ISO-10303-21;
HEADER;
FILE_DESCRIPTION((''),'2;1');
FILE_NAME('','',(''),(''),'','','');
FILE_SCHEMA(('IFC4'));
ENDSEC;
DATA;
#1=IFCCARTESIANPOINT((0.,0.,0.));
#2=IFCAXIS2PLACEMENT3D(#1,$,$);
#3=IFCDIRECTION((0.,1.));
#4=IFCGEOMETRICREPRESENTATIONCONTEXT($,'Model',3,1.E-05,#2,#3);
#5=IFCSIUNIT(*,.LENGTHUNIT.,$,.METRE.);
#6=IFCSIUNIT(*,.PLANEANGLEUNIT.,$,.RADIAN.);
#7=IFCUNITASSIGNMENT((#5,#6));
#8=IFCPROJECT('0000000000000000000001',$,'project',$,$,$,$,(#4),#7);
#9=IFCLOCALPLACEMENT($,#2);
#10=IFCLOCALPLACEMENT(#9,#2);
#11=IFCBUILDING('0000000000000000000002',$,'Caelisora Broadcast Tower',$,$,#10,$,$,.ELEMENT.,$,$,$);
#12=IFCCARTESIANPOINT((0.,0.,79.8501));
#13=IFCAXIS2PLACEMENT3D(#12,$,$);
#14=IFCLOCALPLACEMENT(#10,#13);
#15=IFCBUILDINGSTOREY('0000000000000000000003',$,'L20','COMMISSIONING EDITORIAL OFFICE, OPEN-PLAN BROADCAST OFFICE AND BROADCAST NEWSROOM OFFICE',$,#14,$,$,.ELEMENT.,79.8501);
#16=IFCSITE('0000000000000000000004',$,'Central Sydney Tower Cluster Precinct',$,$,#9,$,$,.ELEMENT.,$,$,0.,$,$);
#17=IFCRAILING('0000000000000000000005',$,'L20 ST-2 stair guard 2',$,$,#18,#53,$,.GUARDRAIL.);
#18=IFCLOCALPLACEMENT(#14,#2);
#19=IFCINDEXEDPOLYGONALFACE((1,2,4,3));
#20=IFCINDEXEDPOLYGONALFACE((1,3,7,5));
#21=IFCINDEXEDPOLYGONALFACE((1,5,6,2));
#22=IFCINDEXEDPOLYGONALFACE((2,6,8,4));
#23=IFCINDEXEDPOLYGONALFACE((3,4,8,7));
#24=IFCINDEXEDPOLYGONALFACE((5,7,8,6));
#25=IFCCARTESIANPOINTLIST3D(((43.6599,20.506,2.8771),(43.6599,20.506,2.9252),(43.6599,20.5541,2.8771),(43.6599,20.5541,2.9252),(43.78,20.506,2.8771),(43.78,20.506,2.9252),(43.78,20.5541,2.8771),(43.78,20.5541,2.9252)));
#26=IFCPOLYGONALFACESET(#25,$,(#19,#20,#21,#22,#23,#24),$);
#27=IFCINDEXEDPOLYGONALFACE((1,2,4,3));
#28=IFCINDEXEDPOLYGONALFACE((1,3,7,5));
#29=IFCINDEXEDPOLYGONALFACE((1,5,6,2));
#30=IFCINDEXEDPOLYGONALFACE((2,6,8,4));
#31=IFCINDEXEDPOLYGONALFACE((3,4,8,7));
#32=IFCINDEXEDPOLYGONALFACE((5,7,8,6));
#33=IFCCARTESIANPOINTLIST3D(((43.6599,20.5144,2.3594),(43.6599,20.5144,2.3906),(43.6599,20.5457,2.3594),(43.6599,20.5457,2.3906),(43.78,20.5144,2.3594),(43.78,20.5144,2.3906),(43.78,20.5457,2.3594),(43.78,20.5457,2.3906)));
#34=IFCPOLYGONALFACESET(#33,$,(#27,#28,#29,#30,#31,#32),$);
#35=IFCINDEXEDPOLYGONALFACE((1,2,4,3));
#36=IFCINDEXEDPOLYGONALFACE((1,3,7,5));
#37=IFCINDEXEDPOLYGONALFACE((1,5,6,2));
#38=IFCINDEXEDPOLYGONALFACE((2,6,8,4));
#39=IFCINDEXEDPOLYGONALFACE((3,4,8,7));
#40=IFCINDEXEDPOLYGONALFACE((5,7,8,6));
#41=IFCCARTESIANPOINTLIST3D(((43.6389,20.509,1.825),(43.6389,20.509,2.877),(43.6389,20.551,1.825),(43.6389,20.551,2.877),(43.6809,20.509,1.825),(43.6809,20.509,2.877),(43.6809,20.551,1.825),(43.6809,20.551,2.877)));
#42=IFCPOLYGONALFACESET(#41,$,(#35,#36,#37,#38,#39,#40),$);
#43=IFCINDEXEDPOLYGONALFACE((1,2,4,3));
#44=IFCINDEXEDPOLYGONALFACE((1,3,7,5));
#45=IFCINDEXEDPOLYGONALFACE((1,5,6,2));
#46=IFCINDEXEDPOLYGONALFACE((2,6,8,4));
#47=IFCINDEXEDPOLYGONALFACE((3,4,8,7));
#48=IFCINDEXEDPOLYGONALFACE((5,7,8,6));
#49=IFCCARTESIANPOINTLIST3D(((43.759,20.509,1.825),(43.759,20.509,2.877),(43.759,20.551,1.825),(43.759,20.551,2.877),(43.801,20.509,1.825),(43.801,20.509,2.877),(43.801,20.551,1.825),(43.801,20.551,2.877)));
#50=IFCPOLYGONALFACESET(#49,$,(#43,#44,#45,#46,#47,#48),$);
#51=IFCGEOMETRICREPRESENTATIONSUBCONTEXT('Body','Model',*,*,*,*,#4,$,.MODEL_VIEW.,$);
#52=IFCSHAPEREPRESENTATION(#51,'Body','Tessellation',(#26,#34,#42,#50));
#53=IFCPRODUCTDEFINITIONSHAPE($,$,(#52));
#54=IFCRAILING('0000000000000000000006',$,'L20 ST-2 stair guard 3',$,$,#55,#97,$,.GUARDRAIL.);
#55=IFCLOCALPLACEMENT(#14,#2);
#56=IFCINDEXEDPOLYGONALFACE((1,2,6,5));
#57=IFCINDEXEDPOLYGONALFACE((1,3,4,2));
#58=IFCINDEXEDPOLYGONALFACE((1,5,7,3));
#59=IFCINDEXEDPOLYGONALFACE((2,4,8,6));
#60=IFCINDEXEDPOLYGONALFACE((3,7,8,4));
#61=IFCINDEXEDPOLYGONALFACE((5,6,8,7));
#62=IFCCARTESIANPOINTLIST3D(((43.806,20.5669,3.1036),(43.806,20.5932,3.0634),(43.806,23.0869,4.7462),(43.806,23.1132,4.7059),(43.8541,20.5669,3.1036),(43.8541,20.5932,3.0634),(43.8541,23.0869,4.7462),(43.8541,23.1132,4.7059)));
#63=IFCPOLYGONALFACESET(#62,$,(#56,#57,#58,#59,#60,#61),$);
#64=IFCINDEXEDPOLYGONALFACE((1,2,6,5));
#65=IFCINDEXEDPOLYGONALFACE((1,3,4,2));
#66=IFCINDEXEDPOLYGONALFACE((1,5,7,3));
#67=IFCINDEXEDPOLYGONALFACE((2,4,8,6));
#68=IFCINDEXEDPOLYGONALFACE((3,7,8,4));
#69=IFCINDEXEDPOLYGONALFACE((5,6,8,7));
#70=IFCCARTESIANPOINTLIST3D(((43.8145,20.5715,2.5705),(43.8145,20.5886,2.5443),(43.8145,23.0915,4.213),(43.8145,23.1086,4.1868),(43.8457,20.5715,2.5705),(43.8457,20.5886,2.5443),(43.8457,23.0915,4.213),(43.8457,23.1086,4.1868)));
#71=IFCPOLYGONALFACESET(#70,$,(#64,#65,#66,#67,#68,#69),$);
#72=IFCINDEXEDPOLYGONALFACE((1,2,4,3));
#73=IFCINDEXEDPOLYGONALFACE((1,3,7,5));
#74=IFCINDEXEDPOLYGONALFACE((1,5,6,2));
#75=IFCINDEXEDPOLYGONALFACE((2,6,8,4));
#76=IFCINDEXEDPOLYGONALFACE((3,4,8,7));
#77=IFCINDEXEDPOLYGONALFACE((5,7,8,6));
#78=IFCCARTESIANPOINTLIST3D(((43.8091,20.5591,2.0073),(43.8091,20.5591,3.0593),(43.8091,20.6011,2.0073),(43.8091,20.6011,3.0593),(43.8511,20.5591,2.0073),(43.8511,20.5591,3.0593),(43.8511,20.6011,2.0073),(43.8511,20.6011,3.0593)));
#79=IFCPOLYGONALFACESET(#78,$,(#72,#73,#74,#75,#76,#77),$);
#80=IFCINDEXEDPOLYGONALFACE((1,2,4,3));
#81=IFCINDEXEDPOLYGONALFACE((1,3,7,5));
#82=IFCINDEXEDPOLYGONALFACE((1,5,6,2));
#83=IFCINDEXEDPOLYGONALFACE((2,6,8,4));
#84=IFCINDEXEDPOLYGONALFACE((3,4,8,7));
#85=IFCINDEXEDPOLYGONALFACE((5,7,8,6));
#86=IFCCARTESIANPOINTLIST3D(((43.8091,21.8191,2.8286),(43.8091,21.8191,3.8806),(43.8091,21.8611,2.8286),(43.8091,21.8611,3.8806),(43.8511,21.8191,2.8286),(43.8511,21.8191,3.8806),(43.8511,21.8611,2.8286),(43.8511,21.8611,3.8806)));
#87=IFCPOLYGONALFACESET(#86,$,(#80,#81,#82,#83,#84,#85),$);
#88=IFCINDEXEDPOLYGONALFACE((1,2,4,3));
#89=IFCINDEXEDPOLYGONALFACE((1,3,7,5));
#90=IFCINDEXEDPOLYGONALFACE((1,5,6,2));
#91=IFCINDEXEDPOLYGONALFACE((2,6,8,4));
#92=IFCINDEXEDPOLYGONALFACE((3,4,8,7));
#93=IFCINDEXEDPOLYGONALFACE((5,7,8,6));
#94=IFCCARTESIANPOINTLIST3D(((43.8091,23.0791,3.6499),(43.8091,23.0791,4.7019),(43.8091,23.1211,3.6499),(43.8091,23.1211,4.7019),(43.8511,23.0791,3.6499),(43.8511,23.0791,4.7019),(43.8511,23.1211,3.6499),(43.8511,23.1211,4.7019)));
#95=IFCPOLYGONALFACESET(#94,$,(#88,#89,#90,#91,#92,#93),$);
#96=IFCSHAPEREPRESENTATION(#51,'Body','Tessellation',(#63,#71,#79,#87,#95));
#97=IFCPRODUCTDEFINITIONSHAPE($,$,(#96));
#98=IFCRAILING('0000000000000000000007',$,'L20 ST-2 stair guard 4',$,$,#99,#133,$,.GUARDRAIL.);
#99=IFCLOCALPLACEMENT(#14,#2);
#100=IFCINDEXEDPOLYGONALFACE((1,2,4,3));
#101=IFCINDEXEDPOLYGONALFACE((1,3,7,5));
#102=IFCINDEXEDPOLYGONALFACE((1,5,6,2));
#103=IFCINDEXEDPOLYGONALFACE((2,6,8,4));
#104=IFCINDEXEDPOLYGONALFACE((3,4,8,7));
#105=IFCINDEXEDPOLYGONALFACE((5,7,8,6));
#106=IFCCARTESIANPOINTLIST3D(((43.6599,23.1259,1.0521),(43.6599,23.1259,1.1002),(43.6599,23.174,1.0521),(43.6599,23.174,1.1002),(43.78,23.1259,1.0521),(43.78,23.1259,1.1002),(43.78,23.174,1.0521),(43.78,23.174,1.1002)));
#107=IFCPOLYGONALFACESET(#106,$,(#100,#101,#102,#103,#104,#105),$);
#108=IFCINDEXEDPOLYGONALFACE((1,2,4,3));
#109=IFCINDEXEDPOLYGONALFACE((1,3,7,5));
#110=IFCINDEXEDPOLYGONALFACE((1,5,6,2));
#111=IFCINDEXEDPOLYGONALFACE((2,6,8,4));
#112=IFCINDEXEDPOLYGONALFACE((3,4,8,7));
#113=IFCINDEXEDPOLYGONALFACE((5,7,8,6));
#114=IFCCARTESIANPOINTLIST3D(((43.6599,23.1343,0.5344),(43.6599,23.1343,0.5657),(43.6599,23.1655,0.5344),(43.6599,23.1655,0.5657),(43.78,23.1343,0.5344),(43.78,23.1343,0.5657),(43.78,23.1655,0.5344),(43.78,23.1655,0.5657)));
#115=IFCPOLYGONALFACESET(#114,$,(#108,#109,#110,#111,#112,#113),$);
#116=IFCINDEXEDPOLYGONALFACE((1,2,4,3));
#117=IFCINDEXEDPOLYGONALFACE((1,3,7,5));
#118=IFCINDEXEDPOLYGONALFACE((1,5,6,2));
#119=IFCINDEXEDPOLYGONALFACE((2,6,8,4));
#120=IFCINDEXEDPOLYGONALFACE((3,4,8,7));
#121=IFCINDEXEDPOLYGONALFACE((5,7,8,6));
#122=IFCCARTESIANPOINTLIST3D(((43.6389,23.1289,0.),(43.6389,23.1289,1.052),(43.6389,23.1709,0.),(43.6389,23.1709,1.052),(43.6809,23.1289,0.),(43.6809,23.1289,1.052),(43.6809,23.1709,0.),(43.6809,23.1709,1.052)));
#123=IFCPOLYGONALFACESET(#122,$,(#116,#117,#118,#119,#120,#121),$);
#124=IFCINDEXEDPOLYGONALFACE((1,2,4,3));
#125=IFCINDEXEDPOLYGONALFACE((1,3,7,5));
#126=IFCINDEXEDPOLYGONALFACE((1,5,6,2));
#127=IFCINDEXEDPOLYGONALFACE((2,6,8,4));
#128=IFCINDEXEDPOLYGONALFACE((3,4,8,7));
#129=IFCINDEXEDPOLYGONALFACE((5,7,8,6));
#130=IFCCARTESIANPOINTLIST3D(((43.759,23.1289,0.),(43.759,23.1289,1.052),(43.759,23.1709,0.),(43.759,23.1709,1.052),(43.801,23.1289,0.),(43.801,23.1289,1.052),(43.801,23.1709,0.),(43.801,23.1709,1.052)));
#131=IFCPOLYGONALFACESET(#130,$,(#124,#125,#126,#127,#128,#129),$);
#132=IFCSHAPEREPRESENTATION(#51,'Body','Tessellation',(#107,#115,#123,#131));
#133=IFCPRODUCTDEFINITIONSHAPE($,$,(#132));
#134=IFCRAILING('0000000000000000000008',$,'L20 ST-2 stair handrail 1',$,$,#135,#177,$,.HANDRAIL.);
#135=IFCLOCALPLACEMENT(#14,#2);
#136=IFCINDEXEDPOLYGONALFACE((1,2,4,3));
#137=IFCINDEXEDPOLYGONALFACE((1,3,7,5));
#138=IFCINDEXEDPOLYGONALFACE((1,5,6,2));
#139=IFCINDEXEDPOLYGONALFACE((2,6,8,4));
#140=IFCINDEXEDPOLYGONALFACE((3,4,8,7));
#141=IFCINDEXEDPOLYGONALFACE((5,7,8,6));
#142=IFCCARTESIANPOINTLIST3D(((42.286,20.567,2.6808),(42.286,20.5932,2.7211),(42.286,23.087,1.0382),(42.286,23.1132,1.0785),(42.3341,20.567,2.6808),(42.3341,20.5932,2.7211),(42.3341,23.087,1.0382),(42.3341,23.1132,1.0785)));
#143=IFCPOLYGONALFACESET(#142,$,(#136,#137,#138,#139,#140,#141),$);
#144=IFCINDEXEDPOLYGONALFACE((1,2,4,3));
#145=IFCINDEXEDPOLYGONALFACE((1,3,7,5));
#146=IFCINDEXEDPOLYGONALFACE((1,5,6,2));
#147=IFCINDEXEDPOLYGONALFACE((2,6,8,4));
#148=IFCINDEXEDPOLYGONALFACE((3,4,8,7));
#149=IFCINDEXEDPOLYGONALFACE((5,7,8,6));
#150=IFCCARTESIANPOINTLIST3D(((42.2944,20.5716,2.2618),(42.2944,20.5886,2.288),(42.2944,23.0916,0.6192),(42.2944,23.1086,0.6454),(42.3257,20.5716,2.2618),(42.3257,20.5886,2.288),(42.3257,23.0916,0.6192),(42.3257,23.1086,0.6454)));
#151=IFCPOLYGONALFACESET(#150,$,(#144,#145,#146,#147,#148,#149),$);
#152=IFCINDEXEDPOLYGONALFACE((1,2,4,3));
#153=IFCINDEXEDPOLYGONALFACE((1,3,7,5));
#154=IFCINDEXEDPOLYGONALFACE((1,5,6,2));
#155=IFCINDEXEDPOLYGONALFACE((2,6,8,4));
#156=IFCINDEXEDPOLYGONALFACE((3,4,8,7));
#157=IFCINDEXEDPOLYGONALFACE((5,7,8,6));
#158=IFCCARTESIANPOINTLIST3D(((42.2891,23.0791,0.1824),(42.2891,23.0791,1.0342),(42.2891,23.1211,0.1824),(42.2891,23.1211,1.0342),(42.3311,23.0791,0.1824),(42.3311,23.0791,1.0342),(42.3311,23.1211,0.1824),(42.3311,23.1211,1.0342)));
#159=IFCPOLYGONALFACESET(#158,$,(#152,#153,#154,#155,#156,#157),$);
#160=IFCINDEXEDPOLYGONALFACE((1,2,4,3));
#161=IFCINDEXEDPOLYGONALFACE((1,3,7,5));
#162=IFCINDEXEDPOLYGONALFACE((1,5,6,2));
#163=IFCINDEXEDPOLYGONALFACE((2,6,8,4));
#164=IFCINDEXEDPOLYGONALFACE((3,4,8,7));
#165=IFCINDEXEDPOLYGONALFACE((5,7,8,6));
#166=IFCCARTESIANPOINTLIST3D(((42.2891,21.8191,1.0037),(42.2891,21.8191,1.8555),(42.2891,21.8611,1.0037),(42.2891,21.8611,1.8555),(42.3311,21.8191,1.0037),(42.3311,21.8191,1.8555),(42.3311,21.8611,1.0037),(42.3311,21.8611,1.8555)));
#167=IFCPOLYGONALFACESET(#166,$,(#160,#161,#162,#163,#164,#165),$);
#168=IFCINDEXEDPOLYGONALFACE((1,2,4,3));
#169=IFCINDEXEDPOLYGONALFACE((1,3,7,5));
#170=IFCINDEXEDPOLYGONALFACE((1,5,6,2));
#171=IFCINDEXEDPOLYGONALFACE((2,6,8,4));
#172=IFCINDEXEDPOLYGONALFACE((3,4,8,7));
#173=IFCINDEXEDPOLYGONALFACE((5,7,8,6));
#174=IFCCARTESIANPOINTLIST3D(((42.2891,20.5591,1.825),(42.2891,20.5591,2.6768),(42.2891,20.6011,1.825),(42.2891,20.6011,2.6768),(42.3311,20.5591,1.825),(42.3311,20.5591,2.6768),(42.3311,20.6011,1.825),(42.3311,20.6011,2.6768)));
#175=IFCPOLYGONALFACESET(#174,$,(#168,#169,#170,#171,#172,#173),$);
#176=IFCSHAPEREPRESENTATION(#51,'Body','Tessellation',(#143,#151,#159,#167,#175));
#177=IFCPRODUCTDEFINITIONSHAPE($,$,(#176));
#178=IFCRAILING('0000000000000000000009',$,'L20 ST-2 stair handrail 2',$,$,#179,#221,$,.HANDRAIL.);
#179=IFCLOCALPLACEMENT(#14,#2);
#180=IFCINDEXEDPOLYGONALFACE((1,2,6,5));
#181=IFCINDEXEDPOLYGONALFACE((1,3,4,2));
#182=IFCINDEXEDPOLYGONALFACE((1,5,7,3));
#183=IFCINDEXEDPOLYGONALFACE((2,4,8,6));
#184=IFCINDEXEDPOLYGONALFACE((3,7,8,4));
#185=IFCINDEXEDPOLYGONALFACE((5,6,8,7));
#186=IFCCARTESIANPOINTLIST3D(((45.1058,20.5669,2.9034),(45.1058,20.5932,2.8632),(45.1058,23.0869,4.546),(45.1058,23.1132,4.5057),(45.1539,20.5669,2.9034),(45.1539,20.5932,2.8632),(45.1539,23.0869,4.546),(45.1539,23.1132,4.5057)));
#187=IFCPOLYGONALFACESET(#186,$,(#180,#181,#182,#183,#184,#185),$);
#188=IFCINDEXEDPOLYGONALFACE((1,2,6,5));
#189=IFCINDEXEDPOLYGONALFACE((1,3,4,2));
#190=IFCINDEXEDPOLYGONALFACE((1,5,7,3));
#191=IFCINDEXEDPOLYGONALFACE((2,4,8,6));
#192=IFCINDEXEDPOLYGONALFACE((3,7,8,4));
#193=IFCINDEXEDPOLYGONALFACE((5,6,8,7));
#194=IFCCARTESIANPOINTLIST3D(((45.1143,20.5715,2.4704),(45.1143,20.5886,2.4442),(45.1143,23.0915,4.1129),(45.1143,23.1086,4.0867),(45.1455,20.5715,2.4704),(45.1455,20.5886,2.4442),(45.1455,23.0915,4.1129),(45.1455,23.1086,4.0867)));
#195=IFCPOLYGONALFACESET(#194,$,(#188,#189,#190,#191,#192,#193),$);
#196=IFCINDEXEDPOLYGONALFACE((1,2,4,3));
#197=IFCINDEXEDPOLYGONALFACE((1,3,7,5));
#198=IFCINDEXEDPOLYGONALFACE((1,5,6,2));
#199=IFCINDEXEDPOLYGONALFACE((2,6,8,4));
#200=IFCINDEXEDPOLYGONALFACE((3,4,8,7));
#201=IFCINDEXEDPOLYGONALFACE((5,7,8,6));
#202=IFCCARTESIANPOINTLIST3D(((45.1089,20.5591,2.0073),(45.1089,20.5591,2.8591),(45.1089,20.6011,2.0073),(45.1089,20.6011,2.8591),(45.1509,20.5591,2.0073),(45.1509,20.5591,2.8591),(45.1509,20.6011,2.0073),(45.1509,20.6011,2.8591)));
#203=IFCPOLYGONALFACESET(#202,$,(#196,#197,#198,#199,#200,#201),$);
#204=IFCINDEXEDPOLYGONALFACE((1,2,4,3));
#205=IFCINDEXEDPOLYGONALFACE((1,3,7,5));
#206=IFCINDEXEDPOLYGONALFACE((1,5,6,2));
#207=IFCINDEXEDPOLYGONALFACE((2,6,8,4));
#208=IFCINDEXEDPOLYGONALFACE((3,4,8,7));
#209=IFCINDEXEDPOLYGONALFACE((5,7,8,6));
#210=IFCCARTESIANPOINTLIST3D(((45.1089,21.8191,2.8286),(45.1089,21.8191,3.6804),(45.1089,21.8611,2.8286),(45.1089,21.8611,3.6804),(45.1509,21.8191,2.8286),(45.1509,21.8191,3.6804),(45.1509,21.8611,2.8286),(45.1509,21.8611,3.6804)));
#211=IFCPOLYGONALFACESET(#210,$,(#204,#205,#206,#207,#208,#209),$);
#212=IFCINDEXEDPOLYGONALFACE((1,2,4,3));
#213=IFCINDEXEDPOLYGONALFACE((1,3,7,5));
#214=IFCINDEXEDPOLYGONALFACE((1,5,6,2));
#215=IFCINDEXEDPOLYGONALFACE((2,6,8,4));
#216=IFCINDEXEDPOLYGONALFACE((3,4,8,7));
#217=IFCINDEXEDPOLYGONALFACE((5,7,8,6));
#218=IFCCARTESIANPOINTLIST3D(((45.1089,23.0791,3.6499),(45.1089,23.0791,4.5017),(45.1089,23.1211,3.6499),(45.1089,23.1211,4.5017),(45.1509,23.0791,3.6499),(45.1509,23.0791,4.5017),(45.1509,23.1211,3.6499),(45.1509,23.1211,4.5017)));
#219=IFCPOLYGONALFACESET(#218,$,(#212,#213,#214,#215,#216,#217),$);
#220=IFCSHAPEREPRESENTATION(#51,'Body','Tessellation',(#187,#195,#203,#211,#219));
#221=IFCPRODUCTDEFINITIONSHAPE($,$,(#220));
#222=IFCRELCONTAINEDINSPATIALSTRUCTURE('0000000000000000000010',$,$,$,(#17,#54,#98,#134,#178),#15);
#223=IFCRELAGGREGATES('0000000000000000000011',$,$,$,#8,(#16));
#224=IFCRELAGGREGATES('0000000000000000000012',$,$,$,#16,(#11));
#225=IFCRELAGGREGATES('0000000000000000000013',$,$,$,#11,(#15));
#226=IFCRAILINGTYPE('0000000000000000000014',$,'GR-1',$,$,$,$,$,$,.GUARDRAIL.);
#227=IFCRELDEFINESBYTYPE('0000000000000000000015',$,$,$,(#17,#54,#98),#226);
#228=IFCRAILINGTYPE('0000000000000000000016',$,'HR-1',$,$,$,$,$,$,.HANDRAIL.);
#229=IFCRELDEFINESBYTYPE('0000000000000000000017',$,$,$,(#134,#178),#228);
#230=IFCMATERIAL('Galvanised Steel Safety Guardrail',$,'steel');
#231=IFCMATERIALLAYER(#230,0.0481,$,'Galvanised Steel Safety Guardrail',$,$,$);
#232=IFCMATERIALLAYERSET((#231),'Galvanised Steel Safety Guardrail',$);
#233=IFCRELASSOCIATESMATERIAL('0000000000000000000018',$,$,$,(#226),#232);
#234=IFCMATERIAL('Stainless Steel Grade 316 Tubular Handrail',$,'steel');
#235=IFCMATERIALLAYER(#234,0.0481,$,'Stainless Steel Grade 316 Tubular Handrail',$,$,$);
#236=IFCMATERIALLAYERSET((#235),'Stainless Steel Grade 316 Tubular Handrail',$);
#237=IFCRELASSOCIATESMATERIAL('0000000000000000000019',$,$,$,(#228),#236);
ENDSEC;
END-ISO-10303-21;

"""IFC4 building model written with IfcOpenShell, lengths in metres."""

from ifc_helpers import new_model, si_unit, direction, frame, origin, origin_2d, place, context, subcontext, project, spatial, rectangle, extrude, material, layer, layer_set, type_object, element, save


model = new_model("IFC4")

# Units and contexts
model_context = context("Model", 3, precision=1e-05, world=origin(), true_north=direction((0.0, 1.0)))
body_context = subcontext(model_context, "Body", "Model", "MODEL_VIEW")
ifc_project = project(units=[si_unit("LENGTHUNIT", "METRE"), si_unit("PLANEANGLEUNIT", "RADIAN")], contexts=[model_context])

# Site, building, storey
site_placement = place(None, origin())
site = spatial("IfcSite", under=ifc_project, at=site_placement, Name="Central Sydney Tower Cluster Precinct", CompositionType="ELEMENT", RefElevation=0.0)
building_placement = place(site_placement, origin())
building = spatial("IfcBuilding", under=site, at=building_placement, Name="Caelisora Broadcast Tower", CompositionType="ELEMENT")
storey_placement = place(building_placement, frame((0.0, 0.0, 79.8501)))
storey = spatial("IfcBuildingStorey", under=building, at=storey_placement, Name="L20", Description="COMMISSIONING EDITORIAL OFFICE, OPEN-PLAN BROADCAST OFFICE AND BROADCAST NEWSROOM OFFICE", CompositionType="ELEMENT", Elevation=79.8501)

# Railings
ifc_material_1 = material(Name="Galvanised Steel Safety Guardrail", Category="steel")
ifc_layer_1 = layer(ifc_material_1, 0.0481, Name="Galvanised Steel Safety Guardrail")
ifc_layer_set_1 = layer_set([ifc_layer_1], Name="Galvanised Steel Safety Guardrail")
railing_type_1 = type_object("IfcRailingType", Name="GR-1", PredefinedType="GUARDRAIL", material=ifc_layer_set_1)
railing_1_placement = place(storey_placement, frame((43.6599, 20.53, 1.825)))
element("IfcRailing", 1, at=railing_1_placement, inside=storey, type_object=railing_type_1, Name="L20 ST-2 stair guard 2", PredefinedType="GUARDRAIL", context=body_context, shape_type="SweptSolid", body=[
    extrude(rectangle(XDim=0.0481, YDim=0.0481, at=origin_2d()), frame((0.0, 0.0, 1.0762), z_axis=(1.0, 0.0, 0.0), x_axis=(0.0, 1.0, 0.0)), (0.0, 0.0, 1.0), 0.1201),
    extrude(rectangle(XDim=0.0312, YDim=0.0312, at=origin_2d()), frame((0.0, 0.0, 0.55), z_axis=(1.0, 0.0, 0.0), x_axis=(0.0, 1.0, 0.0)), (0.0, 0.0, 1.0), 0.1201),
    extrude(rectangle(XDim=0.042, YDim=0.042, at=origin_2d()), origin(), (0.0, 0.0, 1.0), 1.052),
    extrude(rectangle(XDim=0.042, YDim=0.042, at=origin_2d()), frame((0.1201, 0.0, 0.0)), (0.0, 0.0, 1.0), 1.052),
])
railing_2_placement = place(storey_placement, frame((43.8301, 20.5801, 2.0073)))
element("IfcRailing", 2, at=railing_2_placement, inside=storey, type_object=railing_type_1, Name="L20 ST-2 stair guard 3", PredefinedType="GUARDRAIL", context=body_context, shape_type="SweptSolid", body=[
    extrude(rectangle(XDim=0.0481, YDim=0.0481, at=origin_2d()), frame((0.0, 0.0, 1.0762), z_axis=(0.0, 0.837749, 0.546055), x_axis=(-1.0, 0.0, 0.0)), (0.0, 0.0, 1.0), 3.0081),
    extrude(rectangle(XDim=0.0312, YDim=0.0312, at=origin_2d()), frame((0.0, 0.0, 0.55), z_axis=(0.0, 0.837749, 0.546055), x_axis=(-1.0, 0.0, 0.0)), (0.0, 0.0, 1.0), 3.0081),
    extrude(rectangle(XDim=0.042, YDim=0.042, at=origin_2d()), origin(), (0.0, 0.0, 1.0), 1.052),
    extrude(rectangle(XDim=0.042, YDim=0.042, at=origin_2d()), frame((0.0, 1.26, 0.8213)), (0.0, 0.0, 1.0), 1.052),
    extrude(rectangle(XDim=0.042, YDim=0.042, at=origin_2d()), frame((0.0, 2.52, 1.6426)), (0.0, 0.0, 1.0), 1.052),
])
railing_3_placement = place(storey_placement, frame((43.6599, 23.1499, 0.0)))
element("IfcRailing", 3, at=railing_3_placement, inside=storey, type_object=railing_type_1, Name="L20 ST-2 stair guard 4", PredefinedType="GUARDRAIL", context=body_context, shape_type="SweptSolid", body=[
    extrude(rectangle(XDim=0.0481, YDim=0.0481, at=origin_2d()), frame((0.0, 0.0, 1.0762), z_axis=(1.0, 0.0, 0.0), x_axis=(0.0, 1.0, 0.0)), (0.0, 0.0, 1.0), 0.1201),
    extrude(rectangle(XDim=0.0312, YDim=0.0312, at=origin_2d()), frame((0.0, 0.0, 0.55), z_axis=(1.0, 0.0, 0.0), x_axis=(0.0, 1.0, 0.0)), (0.0, 0.0, 1.0), 0.1201),
    extrude(rectangle(XDim=0.042, YDim=0.042, at=origin_2d()), origin(), (0.0, 0.0, 1.0), 1.052),
    extrude(rectangle(XDim=0.042, YDim=0.042, at=origin_2d()), frame((0.1201, 0.0, 0.0)), (0.0, 0.0, 1.0), 1.052),
])
ifc_material_2 = material(Name="Stainless Steel Grade 316 Tubular Handrail", Category="steel")
ifc_layer_2 = layer(ifc_material_2, 0.0481, Name="Stainless Steel Grade 316 Tubular Handrail")
ifc_layer_set_2 = layer_set([ifc_layer_2], Name="Stainless Steel Grade 316 Tubular Handrail")
railing_type_2 = type_object("IfcRailingType", Name="HR-1", PredefinedType="HANDRAIL", material=ifc_layer_set_2)
railing_4_placement = place(storey_placement, frame((42.3101, 23.1001, 0.1824)))
element("IfcRailing", 4, at=railing_4_placement, inside=storey, type_object=railing_type_2, Name="L20 ST-2 stair handrail 1", PredefinedType="HANDRAIL", context=body_context, shape_type="SweptSolid", body=[
    extrude(rectangle(XDim=0.0481, YDim=0.0481, at=origin_2d()), frame((0.0, 0.0, 0.876), z_axis=(0.0, -0.837749, 0.546055), x_axis=(1.0, 0.0, 0.0)), (0.0, 0.0, 1.0), 3.0081),
    extrude(rectangle(XDim=0.0312, YDim=0.0312, at=origin_2d()), frame((0.0, 0.0, 0.45), z_axis=(0.0, -0.837749, 0.546055), x_axis=(1.0, 0.0, 0.0)), (0.0, 0.0, 1.0), 3.0081),
    extrude(rectangle(XDim=0.042, YDim=0.042, at=origin_2d()), origin(), (0.0, 0.0, 1.0), 0.8518),
    extrude(rectangle(XDim=0.042, YDim=0.042, at=origin_2d()), frame((0.0, -1.26, 0.8213)), (0.0, 0.0, 1.0), 0.8518),
    extrude(rectangle(XDim=0.042, YDim=0.042, at=origin_2d()), frame((0.0, -2.52, 1.6426)), (0.0, 0.0, 1.0), 0.8518),
])
railing_5_placement = place(storey_placement, frame((45.1299, 20.5801, 2.0073)))
element("IfcRailing", 5, at=railing_5_placement, inside=storey, type_object=railing_type_2, Name="L20 ST-2 stair handrail 2", PredefinedType="HANDRAIL", context=body_context, shape_type="SweptSolid", body=[
    extrude(rectangle(XDim=0.0481, YDim=0.0481, at=origin_2d()), frame((0.0, 0.0, 0.876), z_axis=(0.0, 0.837749, 0.546055), x_axis=(-1.0, 0.0, 0.0)), (0.0, 0.0, 1.0), 3.0081),
    extrude(rectangle(XDim=0.0312, YDim=0.0312, at=origin_2d()), frame((0.0, 0.0, 0.45), z_axis=(0.0, 0.837749, 0.546055), x_axis=(-1.0, 0.0, 0.0)), (0.0, 0.0, 1.0), 3.0081),
    extrude(rectangle(XDim=0.042, YDim=0.042, at=origin_2d()), origin(), (0.0, 0.0, 1.0), 0.8518),
    extrude(rectangle(XDim=0.042, YDim=0.042, at=origin_2d()), frame((0.0, 1.26, 0.8213)), (0.0, 0.0, 1.0), 0.8518),
    extrude(rectangle(XDim=0.042, YDim=0.042, at=origin_2d()), frame((0.0, 2.52, 1.6426)), (0.0, 0.0, 1.0), 0.8518),
])

save(model, "model.ifc")
